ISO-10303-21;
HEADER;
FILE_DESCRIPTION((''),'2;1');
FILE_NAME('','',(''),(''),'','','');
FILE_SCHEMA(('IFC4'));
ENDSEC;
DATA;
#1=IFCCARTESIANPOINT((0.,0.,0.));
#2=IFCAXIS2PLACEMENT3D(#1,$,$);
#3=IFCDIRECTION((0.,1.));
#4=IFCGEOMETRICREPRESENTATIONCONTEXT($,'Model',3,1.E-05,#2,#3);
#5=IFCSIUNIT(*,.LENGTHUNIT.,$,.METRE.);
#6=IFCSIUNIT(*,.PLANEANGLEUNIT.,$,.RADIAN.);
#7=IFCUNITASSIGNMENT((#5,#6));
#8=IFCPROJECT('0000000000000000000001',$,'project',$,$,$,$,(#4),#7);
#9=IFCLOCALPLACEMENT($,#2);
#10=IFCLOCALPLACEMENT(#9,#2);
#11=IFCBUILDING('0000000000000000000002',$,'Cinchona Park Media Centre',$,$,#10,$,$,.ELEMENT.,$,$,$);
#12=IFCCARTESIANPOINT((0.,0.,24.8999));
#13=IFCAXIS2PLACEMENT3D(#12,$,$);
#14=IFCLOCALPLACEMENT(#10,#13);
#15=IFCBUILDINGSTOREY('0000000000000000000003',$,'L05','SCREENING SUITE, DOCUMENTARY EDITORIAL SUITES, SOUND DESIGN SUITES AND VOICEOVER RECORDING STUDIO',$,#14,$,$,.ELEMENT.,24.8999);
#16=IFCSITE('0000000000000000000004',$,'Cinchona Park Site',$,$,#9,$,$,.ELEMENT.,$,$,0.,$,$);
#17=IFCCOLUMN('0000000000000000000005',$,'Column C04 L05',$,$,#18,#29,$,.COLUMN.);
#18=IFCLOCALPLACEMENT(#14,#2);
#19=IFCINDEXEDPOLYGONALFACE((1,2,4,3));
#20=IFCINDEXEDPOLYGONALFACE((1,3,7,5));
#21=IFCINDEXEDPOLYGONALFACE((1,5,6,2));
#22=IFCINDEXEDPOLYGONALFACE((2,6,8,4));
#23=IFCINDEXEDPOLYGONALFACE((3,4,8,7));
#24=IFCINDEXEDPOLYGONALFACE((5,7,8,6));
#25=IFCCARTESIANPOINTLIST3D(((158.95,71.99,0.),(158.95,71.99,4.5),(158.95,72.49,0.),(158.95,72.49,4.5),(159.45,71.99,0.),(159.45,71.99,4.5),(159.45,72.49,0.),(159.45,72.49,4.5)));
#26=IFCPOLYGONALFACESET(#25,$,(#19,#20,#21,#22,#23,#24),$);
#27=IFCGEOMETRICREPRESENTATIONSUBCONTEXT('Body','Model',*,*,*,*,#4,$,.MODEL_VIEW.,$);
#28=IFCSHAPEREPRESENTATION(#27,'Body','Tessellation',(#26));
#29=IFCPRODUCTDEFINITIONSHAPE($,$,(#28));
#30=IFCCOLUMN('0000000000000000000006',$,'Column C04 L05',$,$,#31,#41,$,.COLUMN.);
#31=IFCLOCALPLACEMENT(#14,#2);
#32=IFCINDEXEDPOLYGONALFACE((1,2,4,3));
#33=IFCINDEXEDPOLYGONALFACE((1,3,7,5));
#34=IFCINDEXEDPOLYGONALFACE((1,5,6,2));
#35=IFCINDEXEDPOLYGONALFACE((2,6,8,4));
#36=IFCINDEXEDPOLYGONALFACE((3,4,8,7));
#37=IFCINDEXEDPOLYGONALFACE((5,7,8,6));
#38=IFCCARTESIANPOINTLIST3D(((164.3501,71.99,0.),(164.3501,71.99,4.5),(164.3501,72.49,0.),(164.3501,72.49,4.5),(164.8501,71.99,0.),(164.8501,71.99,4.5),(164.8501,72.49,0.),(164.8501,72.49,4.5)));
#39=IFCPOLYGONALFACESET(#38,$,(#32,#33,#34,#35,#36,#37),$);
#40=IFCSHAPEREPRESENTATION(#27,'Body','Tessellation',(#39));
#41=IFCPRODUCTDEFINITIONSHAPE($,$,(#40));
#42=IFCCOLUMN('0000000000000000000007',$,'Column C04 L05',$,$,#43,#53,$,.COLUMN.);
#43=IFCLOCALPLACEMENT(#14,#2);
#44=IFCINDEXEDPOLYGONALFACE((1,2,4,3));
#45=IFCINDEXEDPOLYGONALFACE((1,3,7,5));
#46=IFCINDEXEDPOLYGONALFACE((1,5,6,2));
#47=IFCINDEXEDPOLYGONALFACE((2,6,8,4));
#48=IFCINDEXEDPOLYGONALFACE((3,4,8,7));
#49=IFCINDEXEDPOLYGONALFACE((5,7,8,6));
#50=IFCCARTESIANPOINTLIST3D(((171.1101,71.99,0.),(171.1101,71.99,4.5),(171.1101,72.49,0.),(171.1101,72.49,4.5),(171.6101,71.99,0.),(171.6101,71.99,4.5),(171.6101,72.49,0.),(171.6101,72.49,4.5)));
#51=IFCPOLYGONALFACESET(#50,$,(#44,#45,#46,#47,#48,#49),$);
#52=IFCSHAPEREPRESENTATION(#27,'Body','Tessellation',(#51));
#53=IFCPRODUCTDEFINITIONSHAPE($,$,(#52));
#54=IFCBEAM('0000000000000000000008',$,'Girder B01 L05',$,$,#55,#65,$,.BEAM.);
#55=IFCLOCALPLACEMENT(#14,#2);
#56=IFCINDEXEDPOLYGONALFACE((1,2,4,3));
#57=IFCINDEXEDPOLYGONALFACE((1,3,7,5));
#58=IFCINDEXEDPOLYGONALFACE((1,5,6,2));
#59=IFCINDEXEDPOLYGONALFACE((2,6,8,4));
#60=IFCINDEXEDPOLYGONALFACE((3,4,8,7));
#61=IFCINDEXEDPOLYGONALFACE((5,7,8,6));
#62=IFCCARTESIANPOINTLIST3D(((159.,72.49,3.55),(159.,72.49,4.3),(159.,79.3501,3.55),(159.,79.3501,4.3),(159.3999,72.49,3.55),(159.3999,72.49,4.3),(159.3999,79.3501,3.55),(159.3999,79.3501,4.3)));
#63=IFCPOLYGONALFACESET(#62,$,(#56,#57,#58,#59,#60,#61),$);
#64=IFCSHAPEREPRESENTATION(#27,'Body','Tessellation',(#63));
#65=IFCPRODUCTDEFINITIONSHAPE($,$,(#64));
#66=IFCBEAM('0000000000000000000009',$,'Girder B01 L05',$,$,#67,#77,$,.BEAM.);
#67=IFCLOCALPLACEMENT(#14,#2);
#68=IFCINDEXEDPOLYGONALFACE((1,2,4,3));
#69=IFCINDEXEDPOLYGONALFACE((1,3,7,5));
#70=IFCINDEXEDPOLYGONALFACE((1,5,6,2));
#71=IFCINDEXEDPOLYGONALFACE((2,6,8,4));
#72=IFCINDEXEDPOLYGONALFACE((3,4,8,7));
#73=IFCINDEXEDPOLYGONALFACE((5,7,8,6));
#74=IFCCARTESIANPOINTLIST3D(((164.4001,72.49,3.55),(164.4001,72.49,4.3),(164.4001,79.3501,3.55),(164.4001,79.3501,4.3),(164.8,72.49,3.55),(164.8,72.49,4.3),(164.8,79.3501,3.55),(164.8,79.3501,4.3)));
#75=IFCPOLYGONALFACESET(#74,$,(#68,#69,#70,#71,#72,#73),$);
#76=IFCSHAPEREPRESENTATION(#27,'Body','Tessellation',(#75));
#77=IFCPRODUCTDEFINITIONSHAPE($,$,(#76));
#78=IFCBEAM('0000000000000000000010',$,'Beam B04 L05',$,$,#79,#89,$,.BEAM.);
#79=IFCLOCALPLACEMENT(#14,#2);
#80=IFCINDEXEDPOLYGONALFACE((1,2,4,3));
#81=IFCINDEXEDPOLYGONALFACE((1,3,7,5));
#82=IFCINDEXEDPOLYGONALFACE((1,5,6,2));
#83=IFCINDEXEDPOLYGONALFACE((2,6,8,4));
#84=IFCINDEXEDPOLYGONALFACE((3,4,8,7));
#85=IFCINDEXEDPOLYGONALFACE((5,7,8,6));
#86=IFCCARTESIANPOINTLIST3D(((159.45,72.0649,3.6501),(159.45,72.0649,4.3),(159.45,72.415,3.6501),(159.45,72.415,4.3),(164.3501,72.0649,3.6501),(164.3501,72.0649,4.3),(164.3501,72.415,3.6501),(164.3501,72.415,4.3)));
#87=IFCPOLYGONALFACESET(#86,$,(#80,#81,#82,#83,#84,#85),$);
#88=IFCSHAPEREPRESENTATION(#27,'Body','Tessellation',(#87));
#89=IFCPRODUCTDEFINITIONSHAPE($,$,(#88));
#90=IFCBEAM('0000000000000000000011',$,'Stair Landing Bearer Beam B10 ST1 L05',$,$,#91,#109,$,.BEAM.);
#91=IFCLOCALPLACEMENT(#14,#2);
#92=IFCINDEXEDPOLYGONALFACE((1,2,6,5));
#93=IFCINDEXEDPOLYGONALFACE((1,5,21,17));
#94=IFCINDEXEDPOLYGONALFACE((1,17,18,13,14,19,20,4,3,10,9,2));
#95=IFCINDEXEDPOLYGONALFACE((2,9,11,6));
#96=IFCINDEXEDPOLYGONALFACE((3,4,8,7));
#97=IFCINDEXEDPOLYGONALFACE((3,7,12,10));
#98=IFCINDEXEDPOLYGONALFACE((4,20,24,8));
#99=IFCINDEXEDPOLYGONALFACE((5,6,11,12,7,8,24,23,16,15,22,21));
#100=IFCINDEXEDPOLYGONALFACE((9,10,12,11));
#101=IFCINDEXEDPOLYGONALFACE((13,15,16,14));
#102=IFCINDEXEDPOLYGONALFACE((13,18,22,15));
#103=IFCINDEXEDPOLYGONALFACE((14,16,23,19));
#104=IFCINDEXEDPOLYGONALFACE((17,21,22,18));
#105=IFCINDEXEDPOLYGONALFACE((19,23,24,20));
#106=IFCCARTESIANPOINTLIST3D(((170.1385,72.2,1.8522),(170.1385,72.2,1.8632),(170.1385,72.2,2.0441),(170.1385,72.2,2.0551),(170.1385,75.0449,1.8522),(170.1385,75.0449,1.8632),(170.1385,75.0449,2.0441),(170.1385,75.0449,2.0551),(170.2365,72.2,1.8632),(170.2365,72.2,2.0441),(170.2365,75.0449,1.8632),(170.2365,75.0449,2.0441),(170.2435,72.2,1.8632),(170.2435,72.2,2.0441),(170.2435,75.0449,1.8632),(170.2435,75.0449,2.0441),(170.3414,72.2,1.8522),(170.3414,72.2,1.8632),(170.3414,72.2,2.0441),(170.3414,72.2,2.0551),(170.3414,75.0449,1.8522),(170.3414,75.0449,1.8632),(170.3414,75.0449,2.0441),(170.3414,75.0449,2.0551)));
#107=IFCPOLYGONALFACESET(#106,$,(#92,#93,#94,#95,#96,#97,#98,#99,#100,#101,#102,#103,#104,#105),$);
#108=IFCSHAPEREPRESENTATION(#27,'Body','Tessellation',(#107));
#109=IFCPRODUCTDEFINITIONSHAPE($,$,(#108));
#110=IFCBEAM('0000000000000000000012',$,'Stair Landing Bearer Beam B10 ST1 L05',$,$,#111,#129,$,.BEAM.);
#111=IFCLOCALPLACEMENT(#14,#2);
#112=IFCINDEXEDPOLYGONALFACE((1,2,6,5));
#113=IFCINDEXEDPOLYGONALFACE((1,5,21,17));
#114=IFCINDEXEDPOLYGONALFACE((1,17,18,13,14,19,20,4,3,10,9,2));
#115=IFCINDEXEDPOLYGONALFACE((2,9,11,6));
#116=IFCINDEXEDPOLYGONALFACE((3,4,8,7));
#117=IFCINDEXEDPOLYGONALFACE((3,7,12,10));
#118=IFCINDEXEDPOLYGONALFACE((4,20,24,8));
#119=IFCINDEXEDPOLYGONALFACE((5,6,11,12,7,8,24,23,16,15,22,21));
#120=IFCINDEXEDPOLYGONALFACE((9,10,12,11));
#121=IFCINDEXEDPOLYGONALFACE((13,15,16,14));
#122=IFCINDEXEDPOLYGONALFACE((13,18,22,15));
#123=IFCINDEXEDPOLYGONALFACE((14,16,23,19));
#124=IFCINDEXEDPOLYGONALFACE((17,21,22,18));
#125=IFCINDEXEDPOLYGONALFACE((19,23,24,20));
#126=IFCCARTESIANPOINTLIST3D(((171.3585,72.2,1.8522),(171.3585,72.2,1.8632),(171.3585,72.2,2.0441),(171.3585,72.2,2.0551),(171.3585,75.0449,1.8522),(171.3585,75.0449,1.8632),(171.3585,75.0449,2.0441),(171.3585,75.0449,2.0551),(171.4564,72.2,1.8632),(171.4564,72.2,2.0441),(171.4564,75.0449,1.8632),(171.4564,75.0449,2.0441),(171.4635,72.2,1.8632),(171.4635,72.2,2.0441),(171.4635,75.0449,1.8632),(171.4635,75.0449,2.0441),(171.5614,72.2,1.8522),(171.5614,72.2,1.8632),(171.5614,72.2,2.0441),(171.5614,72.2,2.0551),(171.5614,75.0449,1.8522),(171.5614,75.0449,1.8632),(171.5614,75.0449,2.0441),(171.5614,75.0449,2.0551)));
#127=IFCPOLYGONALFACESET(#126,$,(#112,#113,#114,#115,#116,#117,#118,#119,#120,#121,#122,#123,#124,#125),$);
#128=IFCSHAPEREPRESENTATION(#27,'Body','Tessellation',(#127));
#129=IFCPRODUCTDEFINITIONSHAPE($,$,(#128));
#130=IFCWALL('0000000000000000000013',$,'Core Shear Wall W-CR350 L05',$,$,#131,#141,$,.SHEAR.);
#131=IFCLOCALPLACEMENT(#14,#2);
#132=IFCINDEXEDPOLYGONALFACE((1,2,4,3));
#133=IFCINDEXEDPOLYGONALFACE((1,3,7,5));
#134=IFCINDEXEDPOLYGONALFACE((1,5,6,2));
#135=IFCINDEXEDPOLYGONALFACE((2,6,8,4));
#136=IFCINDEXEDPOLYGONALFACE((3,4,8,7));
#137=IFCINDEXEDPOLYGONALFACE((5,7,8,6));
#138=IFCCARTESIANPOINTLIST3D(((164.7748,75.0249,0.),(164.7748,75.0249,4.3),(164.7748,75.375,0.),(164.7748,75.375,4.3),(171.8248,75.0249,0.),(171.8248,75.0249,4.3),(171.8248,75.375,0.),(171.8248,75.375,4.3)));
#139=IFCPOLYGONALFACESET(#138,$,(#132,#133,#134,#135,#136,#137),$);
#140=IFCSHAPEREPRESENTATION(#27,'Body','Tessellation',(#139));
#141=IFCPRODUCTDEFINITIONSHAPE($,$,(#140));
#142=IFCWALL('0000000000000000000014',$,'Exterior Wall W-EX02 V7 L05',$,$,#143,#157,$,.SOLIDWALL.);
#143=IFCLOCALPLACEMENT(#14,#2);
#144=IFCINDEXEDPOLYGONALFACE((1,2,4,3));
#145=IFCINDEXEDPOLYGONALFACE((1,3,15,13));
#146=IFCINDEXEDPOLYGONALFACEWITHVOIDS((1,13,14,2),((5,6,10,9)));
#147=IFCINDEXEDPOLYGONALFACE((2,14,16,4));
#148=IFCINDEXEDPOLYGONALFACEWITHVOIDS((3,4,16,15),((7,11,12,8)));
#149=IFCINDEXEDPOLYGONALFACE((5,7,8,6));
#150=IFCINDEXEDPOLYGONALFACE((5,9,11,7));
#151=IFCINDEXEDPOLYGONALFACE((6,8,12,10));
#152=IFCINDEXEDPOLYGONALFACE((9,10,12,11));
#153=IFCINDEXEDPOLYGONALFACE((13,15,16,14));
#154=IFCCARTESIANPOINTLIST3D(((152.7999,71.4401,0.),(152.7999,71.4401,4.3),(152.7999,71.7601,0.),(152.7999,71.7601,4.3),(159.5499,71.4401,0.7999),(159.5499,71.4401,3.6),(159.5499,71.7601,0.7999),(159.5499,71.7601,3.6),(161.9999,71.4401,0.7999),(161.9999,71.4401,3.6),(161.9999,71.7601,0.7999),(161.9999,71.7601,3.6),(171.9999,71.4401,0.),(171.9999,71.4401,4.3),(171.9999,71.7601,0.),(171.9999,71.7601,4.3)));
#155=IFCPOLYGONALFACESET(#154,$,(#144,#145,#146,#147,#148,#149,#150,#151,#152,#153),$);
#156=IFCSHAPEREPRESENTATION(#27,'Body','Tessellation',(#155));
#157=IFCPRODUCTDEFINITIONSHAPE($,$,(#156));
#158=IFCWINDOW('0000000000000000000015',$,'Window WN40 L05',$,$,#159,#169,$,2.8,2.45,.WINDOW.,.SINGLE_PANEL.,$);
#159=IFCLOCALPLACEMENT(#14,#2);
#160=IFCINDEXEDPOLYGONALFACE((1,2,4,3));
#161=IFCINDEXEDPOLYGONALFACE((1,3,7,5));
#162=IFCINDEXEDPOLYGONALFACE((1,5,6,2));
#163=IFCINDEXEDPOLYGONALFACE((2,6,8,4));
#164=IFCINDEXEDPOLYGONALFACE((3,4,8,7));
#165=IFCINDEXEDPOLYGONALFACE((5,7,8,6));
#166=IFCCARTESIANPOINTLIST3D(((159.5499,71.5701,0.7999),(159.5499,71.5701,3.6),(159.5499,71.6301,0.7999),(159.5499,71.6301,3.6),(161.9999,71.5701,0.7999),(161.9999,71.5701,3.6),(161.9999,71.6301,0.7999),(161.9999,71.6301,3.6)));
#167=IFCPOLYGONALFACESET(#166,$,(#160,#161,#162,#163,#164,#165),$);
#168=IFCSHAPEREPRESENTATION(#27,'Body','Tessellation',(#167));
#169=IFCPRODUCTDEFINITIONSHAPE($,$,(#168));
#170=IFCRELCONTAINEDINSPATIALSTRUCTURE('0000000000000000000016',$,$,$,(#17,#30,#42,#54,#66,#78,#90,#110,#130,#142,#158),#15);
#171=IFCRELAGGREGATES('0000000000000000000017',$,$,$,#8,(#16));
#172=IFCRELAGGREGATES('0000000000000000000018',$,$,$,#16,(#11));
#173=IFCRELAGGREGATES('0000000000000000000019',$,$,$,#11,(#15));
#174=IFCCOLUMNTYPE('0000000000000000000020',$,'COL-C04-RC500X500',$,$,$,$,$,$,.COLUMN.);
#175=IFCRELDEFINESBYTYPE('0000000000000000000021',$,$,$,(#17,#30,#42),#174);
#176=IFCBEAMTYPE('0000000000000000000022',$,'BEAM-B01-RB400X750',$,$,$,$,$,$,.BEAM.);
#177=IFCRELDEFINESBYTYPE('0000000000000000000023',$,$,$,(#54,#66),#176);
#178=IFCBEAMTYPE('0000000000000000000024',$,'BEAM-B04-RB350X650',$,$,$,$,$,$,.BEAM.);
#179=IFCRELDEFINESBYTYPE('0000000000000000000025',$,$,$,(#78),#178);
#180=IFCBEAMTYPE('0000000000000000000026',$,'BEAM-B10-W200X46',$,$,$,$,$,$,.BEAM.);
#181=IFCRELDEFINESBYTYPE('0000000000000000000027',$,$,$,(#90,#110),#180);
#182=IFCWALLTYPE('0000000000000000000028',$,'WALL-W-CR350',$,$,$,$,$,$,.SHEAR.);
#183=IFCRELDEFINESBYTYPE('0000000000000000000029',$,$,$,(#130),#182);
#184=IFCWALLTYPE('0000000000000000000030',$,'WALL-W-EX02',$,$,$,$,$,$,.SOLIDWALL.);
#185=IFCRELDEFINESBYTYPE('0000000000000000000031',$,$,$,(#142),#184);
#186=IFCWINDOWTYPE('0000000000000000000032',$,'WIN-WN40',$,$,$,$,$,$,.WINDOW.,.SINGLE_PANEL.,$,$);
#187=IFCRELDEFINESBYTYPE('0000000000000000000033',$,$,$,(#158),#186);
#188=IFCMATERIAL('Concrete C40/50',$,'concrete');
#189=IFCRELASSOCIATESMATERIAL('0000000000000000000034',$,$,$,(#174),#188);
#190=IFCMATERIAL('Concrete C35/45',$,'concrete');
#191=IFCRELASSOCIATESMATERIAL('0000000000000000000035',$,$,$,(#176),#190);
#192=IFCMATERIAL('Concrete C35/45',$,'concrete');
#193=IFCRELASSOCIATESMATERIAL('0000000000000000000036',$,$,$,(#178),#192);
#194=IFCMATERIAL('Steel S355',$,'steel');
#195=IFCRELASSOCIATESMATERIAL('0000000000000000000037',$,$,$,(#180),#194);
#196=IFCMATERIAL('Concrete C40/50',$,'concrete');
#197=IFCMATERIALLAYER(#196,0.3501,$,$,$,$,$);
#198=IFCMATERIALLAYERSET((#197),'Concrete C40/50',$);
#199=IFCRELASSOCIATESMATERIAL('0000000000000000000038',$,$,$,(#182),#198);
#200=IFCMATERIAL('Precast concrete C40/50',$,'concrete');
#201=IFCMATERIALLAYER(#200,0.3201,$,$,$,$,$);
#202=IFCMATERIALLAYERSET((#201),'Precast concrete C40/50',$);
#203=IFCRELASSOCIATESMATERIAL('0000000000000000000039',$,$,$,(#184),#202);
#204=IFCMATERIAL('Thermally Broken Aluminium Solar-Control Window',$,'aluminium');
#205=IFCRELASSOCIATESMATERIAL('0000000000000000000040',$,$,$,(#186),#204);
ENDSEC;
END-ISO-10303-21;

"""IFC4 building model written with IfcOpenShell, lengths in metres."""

from ifc_helpers import new_model, si_unit, direction, frame, frame_2d, origin, origin_2d, place, context, subcontext, project, spatial, rectangle, i_section, extrude, material, layer, layer_set, material_profile, profile_set, type_object, element, fill, save


model = new_model("IFC4")

# Units and contexts
model_context = context("Model", 3, precision=1e-05, world=origin(), true_north=direction((0.0, 1.0)))
body_context = subcontext(model_context, "Body", "Model", "MODEL_VIEW")
ifc_project = project(units=[si_unit("LENGTHUNIT", "METRE"), si_unit("PLANEANGLEUNIT", "RADIAN")], contexts=[model_context])

# Site, building, storey
site_placement = place(None, origin())
site = spatial("IfcSite", under=ifc_project, at=site_placement, Name="Cinchona Park Site", CompositionType="ELEMENT", RefElevation=0.0)
building_placement = place(site_placement, origin())
building = spatial("IfcBuilding", under=site, at=building_placement, Name="Cinchona Park Media Centre", CompositionType="ELEMENT")
storey_placement = place(building_placement, frame((0.0, 0.0, 24.8999)))
storey = spatial("IfcBuildingStorey", under=building, at=storey_placement, Name="L05", Description="SCREENING SUITE, DOCUMENTARY EDITORIAL SUITES, SOUND DESIGN SUITES AND VOICEOVER RECORDING STUDIO", CompositionType="ELEMENT", Elevation=24.8999)

# Columns
ifc_material_1 = material(Name="Concrete C40/50", Category="concrete")
ifc_material_profile_1 = material_profile(ifc_material_1, rectangle(XDim=0.5, YDim=0.5, at=origin_2d()), Name="RC 500X500")
ifc_profile_set_1 = profile_set([ifc_material_profile_1], Name="Concrete C40/50")
column_type = type_object("IfcColumnType", Name="COL-C04-RC500X500", PredefinedType="COLUMN", material=ifc_profile_set_1)
for number, where, z_axis, x_axis, name in (
    (1, (159.2, 72.24, 0.0), (0.0, 0.0, 1.0), (1.0, 0.0, 0.0), "Column C04 L05"),
    (2, (164.6001, 72.24, 0.0), (0.0, 0.0, 1.0), (1.0, 0.0, 0.0), "Column C04 L05"),
    (3, (171.3601, 72.24, 0.0), (0.0, 0.0, 1.0), (1.0, 0.0, 0.0), "Column C04 L05"),
):
    element("IfcColumn", number, at=place(storey_placement, frame(where, z_axis=z_axis, x_axis=x_axis)), inside=storey, type_object=column_type, Name=name, PredefinedType="COLUMN", context=body_context, shape_type="SweptSolid", body=[
        extrude(rectangle(XDim=0.5, YDim=0.5, at=origin_2d()), origin(), (0.0, 0.0, 1.0), 4.5),
    ])

# Beams
ifc_material_2 = material(Name="Concrete C35/45", Category="concrete")
ifc_material_profile_2 = material_profile(ifc_material_2, rectangle(XDim=0.3999, YDim=0.75, at=origin_2d()), Name="RB 400X750")
ifc_profile_set_2 = profile_set([ifc_material_profile_2], Name="Concrete C35/45")
beam_type_1 = type_object("IfcBeamType", Name="BEAM-B01-RB400X750", PredefinedType="BEAM", material=ifc_profile_set_2)
for number, where, z_axis, x_axis, name in (
    (4, (159.2, 72.49, 3.925), (0.0, 1.0, 0.0), (-1.0, 0.0, 0.0), "Girder B01 L05"),
    (5, (164.6001, 72.49, 3.925), (0.0, 1.0, 0.0), (-1.0, 0.0, 0.0), "Girder B01 L05"),
):
    element("IfcBeam", number, at=place(storey_placement, frame(where, z_axis=z_axis, x_axis=x_axis)), inside=storey, type_object=beam_type_1, Name=name, PredefinedType="BEAM", context=body_context, shape_type="SweptSolid", body=[
        extrude(rectangle(XDim=0.3999, YDim=0.75, at=origin_2d()), origin(), (0.0, 0.0, 1.0), 6.8601),
    ])
ifc_material_3 = material(Name="Concrete C35/45", Category="concrete")
ifc_material_profile_3 = material_profile(ifc_material_3, rectangle(XDim=0.3501, YDim=0.6499, at=origin_2d()), Name="RB 350X650")
ifc_profile_set_3 = profile_set([ifc_material_profile_3], Name="Concrete C35/45")
beam_type_2 = type_object("IfcBeamType", Name="BEAM-B04-RB350X650", PredefinedType="BEAM", material=ifc_profile_set_3)
beam_placement = place(storey_placement, frame((159.45, 72.24, 3.9751), z_axis=(1.0, 0.0, 0.0), x_axis=(0.0, 1.0, 0.0)))
element("IfcBeam", 6, at=beam_placement, inside=storey, type_object=beam_type_2, Name="Beam B04 L05", PredefinedType="BEAM", context=body_context, shape_type="SweptSolid", body=[
    extrude(rectangle(XDim=0.3501, YDim=0.6499, at=origin_2d()), origin(), (0.0, 0.0, 1.0), 4.9001),
])
ifc_material_4 = material(Name="Steel S355", Category="steel")
ifc_material_profile_4 = material_profile(ifc_material_4, i_section(OverallWidth=0.2029, OverallDepth=0.2029, WebThickness=0.0071, FlangeThickness=0.011, at=origin_2d()), Name="W200X46")
ifc_profile_set_4 = profile_set([ifc_material_profile_4], Name="Steel S355")
beam_type_3 = type_object("IfcBeamType", Name="BEAM-B10-W200X46", PredefinedType="BEAM", material=ifc_profile_set_4)
for number, where, z_axis, x_axis, name in (
    (7, (170.24, 75.0449, 1.9536), (0.0, -1.0, 0.0), (1.0, 0.0, 0.0), "Stair Landing Bearer Beam B10 ST1 L05"),
    (8, (171.46, 75.0449, 1.9536), (0.0, -1.0, 0.0), (1.0, 0.0, 0.0), "Stair Landing Bearer Beam B10 ST1 L05"),
):
    element("IfcBeam", number, at=place(storey_placement, frame(where, z_axis=z_axis, x_axis=x_axis)), inside=storey, type_object=beam_type_3, Name=name, PredefinedType="BEAM", context=body_context, shape_type="SweptSolid", body=[
        extrude(i_section(OverallWidth=0.2029, OverallDepth=0.2029, WebThickness=0.0071, FlangeThickness=0.011, at=origin_2d()), origin(), (0.0, 0.0, 1.0), 2.845),
    ])

# Shared definitions
ifc_material_5 = material(Name="Concrete C40/50", Category="concrete")
ifc_layer_1 = layer(ifc_material_5, 0.3501)
ifc_layer_set_1 = layer_set([ifc_layer_1], Name="Concrete C40/50")
wall_type_1 = type_object("IfcWallType", Name="WALL-W-CR350", PredefinedType="SHEAR", material=ifc_layer_set_1)

# Wall
wall_1_placement = place(storey_placement, frame((164.7749, 75.2, 0.0), z_axis=(0.0, 0.0, 1.0), x_axis=(1.0, 0.0, 0.0)))
element("IfcWall", 9, at=wall_1_placement, inside=storey, type_object=wall_type_1, Name="Core Shear Wall W-CR350 L05", PredefinedType="SHEAR", context=body_context, shape_type="SweptSolid", body=[
    extrude(rectangle(XDim=7.05, YDim=0.3501, at=frame_2d((3.5249, 0.0))), origin(), (0.0, 0.0, 1.0), 4.3),
])

# Wall, opening, window
ifc_material_6 = material(Name="Precast concrete C40/50", Category="concrete")
ifc_layer_2 = layer(ifc_material_6, 0.3201)
ifc_layer_set_2 = layer_set([ifc_layer_2], Name="Precast concrete C40/50")
wall_type_2 = type_object("IfcWallType", Name="WALL-W-EX02", PredefinedType="SOLIDWALL", material=ifc_layer_set_2)
wall_2_placement = place(storey_placement, frame((172.0, 71.6001, 0.0), z_axis=(0.0, 0.0, 1.0), x_axis=(-1.0, 0.0, 0.0)))
wall_2 = element("IfcWall", 10, at=wall_2_placement, inside=storey, type_object=wall_type_2, Name="Exterior Wall W-EX02 V7 L05", PredefinedType="SOLIDWALL", context=body_context, shape_type="SweptSolid", body=[
    extrude(rectangle(XDim=19.2, YDim=0.3201, at=frame_2d((9.6001, 0.0))), origin(), (0.0, 0.0, 1.0), 4.3),
])
opening_1_placement = place(wall_2_placement, frame((10.0, 0.0, 0.8)))
opening_1 = element("IfcOpeningElement", 11, at=opening_1_placement, cuts=wall_2, PredefinedType="OPENING", context=body_context, shape_type="SweptSolid", body=[
    extrude(rectangle(XDim=2.45, YDim=2.8, at=frame_2d((1.2251, 1.3999))), frame((0.0, 0.1699, 0.0), z_axis=(0.0, -1.0, 0.0), x_axis=(1.0, 0.0, 0.0)), (0.0, 0.0, 1.0), 0.3401),
])
ifc_material_7 = material(Name="Thermally Broken Aluminium Solar-Control Window", Category="aluminium")
window_type = type_object("IfcWindowType", Name="WIN-WN40", PartitioningType="SINGLE_PANEL", PredefinedType="WINDOW", material=ifc_material_7)
window_placement = place(opening_1_placement, origin())
window = element("IfcWindow", 12, at=window_placement, inside=storey, type_object=window_type, Name="Window WN40 L05", OverallHeight=2.8, OverallWidth=2.45, PartitioningType="SINGLE_PANEL", PredefinedType="WINDOW", context=body_context, shape_type="SweptSolid", body=[
    extrude(rectangle(XDim=2.45, YDim=2.8, at=frame_2d((1.2251, 1.3999))), frame((0.0, 0.03, 0.0), z_axis=(0.0, -1.0, 0.0), x_axis=(1.0, 0.0, 0.0)), (0.0, 0.0, 1.0), 0.0601),
])
fill(opening_1, window)

save(model, "model.ifc")
